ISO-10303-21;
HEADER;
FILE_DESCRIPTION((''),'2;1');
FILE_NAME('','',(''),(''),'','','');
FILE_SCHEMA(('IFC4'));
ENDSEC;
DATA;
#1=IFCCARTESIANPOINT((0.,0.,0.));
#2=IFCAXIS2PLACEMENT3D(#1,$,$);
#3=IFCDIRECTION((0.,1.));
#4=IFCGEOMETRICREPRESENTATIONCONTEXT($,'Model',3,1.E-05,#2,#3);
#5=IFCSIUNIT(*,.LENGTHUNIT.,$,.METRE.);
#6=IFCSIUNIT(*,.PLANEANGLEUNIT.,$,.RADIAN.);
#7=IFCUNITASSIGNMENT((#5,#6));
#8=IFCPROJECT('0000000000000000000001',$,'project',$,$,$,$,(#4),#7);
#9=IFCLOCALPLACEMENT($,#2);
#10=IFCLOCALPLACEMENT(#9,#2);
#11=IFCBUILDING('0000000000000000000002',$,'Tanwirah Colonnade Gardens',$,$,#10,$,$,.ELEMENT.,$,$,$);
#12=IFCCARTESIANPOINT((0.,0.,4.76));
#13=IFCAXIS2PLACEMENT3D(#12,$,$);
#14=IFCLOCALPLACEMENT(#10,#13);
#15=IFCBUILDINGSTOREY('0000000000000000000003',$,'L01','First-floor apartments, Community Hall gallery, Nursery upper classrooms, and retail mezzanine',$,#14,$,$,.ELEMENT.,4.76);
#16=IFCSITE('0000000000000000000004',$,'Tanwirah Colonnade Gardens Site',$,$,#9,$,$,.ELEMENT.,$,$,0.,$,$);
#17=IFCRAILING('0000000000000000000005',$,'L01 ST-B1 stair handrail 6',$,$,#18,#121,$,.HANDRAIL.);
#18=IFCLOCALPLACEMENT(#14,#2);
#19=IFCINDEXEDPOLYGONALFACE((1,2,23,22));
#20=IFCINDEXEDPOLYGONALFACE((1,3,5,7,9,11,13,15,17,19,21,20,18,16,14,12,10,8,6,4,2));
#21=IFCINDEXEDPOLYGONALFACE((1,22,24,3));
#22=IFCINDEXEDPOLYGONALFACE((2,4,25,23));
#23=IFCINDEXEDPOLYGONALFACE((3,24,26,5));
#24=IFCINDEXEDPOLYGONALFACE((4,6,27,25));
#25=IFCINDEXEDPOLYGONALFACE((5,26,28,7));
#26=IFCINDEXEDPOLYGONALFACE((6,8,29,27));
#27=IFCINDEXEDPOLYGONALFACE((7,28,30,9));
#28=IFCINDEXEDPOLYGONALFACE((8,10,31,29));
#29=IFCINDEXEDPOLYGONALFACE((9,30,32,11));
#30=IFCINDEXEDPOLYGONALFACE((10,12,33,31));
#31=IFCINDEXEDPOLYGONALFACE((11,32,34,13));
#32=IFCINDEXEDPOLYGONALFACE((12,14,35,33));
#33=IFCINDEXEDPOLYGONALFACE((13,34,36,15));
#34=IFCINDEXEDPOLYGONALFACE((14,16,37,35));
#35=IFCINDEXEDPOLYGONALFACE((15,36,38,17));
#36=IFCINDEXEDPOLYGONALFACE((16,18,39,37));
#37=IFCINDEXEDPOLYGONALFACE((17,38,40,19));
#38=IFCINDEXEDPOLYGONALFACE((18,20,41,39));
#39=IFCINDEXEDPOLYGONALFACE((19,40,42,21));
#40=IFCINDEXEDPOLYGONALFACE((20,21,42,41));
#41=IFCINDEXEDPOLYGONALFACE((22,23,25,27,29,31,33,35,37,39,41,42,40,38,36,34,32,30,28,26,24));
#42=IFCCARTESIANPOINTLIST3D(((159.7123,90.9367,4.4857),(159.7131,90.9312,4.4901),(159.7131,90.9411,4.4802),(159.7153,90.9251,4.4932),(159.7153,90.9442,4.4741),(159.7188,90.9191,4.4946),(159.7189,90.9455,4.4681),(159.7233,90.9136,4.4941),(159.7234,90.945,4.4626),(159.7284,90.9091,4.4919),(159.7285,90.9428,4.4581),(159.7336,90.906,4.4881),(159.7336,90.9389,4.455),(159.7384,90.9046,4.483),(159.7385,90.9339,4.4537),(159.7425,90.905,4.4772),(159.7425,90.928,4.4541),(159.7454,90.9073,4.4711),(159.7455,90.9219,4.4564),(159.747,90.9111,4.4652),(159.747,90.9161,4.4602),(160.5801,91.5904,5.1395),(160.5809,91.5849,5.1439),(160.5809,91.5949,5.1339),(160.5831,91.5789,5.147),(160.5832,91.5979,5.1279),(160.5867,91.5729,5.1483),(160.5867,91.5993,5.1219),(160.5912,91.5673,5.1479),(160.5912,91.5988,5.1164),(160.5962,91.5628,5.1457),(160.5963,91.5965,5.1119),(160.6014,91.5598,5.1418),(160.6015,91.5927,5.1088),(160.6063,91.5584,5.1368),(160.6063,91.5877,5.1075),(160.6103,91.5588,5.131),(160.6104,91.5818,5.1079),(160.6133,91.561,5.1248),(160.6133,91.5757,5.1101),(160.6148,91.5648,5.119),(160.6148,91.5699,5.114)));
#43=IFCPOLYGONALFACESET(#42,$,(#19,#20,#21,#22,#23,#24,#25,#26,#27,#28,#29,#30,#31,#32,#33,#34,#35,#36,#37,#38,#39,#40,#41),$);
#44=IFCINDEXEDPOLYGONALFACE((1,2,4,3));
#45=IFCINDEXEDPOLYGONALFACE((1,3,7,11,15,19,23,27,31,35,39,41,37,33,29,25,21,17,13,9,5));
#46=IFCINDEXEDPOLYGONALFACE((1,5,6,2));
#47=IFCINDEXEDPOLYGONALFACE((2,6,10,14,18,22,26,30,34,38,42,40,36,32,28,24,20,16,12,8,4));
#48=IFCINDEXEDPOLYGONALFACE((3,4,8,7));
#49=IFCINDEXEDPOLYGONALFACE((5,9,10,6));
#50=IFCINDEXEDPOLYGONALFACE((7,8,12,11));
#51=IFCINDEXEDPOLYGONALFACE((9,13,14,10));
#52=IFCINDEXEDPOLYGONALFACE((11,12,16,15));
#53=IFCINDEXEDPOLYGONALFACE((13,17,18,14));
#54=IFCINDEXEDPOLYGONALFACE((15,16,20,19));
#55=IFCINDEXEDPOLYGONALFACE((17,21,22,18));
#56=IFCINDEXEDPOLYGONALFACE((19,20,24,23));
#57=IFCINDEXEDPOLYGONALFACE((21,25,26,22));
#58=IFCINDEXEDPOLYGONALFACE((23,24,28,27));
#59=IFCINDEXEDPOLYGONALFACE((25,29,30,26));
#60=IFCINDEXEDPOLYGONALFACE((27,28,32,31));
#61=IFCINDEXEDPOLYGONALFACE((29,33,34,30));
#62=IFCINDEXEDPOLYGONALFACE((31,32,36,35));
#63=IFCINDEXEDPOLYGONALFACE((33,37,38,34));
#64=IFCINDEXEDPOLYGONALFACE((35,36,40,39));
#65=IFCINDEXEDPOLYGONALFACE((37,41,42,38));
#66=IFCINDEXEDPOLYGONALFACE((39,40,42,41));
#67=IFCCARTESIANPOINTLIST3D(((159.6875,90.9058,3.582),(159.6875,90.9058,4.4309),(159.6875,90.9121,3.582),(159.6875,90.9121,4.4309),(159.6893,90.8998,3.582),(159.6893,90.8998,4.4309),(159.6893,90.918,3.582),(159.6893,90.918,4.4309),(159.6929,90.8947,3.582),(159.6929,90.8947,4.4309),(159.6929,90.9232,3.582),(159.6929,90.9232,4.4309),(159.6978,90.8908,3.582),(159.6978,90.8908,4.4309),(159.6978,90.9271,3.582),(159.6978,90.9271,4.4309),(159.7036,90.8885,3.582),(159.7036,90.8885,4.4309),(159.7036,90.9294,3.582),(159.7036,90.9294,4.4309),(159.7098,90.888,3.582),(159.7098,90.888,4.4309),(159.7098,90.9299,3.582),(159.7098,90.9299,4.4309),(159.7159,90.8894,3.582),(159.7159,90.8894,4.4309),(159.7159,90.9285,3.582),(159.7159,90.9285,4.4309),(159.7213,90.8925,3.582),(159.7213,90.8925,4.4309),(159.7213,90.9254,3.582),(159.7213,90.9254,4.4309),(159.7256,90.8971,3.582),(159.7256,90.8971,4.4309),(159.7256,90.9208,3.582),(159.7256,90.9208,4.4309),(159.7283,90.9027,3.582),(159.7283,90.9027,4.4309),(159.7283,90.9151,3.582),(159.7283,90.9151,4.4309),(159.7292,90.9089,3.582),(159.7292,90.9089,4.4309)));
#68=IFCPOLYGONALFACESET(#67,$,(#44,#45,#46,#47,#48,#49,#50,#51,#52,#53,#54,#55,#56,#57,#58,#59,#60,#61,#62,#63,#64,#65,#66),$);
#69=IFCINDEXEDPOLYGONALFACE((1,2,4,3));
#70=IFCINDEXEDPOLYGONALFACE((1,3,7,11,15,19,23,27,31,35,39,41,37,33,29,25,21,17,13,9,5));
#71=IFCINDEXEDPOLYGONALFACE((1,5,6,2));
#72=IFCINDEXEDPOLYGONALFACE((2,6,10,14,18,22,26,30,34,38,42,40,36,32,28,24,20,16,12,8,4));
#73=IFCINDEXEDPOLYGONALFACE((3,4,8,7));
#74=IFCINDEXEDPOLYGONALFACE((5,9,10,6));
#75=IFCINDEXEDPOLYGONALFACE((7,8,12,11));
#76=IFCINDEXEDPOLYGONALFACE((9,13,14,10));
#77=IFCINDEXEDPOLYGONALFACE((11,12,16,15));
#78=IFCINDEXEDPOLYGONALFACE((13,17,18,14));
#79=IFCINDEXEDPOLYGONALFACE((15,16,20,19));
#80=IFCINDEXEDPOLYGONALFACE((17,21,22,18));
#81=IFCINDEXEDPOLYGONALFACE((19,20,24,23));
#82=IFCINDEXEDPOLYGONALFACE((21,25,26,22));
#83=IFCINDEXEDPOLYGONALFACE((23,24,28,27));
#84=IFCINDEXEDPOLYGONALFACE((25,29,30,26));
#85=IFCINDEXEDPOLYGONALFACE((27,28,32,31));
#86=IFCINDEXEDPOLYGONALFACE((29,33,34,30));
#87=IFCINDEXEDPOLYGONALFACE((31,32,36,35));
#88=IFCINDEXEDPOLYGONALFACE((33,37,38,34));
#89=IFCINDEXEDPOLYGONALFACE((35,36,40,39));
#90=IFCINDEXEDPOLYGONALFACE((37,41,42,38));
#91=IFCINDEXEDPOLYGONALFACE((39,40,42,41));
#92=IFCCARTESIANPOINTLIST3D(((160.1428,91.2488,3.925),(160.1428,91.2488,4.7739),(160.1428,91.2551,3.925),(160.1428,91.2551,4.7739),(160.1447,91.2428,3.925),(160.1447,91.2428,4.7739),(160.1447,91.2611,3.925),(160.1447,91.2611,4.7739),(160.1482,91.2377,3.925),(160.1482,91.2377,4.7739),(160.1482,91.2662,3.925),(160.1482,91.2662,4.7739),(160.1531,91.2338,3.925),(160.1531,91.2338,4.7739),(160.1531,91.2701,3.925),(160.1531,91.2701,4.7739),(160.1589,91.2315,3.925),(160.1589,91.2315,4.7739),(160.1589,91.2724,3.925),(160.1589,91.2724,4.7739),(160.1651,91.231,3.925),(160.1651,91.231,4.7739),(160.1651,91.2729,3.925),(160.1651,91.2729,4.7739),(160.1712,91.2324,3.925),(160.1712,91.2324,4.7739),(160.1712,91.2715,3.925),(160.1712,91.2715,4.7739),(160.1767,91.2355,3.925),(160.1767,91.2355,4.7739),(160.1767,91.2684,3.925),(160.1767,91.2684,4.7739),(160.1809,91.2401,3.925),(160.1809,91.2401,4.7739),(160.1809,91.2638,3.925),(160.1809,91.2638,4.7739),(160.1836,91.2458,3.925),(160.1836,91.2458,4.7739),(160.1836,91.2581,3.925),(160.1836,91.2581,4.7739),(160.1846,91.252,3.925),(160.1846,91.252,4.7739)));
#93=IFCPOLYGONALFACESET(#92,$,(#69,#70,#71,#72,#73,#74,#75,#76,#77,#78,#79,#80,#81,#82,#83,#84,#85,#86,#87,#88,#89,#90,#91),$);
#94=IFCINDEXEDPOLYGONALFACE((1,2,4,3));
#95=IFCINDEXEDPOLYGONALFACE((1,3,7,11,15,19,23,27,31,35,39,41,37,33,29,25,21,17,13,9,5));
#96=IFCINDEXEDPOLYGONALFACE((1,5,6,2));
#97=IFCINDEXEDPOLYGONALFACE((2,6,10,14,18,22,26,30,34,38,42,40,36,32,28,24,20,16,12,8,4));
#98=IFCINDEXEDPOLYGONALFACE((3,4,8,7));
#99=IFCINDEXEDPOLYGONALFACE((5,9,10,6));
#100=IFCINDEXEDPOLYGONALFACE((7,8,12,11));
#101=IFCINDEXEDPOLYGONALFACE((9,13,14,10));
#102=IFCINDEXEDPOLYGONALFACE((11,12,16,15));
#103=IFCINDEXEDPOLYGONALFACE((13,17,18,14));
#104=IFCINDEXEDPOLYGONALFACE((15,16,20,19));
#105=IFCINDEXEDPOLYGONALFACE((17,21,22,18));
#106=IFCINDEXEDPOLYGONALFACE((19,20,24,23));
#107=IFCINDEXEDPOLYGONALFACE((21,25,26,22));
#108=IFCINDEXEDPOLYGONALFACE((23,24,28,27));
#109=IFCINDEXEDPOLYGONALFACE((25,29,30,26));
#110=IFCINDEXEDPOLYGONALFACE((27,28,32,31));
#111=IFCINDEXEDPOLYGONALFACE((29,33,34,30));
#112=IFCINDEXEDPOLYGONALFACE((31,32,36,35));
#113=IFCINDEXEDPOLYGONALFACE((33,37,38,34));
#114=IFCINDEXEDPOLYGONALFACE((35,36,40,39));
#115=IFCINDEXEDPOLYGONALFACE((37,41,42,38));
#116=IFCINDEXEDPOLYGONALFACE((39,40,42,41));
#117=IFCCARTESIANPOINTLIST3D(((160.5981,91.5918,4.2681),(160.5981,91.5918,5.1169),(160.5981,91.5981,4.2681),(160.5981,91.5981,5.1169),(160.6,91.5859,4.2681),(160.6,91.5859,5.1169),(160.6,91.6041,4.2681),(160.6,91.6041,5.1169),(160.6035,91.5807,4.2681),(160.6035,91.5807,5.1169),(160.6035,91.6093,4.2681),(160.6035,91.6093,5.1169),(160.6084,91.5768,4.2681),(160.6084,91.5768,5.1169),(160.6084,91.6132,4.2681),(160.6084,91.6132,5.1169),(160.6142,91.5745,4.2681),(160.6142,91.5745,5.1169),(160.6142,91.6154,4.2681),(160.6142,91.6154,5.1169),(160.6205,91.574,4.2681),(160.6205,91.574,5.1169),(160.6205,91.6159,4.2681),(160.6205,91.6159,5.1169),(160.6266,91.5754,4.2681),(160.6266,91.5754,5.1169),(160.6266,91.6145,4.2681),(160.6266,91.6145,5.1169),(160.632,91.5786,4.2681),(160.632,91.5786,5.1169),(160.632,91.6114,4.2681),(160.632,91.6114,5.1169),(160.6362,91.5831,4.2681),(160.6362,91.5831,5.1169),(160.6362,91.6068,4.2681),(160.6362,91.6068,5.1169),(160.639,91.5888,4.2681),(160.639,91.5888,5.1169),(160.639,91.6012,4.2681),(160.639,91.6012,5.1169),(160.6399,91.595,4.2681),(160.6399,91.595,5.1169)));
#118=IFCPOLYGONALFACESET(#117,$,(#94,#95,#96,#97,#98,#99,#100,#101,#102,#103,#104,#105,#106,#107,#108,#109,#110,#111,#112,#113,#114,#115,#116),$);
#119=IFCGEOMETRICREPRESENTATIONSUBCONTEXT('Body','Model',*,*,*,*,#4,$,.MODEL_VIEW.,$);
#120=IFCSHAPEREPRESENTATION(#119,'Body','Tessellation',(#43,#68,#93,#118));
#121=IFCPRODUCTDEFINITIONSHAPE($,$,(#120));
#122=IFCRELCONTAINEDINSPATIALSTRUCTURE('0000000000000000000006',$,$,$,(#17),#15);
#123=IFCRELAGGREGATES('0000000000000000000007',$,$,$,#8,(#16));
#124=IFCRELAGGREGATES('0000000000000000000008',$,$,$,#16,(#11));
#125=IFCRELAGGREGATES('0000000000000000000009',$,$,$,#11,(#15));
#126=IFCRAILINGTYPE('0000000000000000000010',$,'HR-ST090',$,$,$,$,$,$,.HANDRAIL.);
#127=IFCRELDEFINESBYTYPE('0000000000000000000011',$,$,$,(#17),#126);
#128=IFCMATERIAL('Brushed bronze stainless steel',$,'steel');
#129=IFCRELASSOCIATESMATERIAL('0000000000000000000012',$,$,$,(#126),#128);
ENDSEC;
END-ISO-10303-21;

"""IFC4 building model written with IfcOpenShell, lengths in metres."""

from ifc_helpers import new_model, si_unit, direction, frame, origin, origin_2d, place, context, subcontext, project, spatial, circle, extrude, material, type_object, element, save


model = new_model("IFC4")

# Units and contexts
model_context = context("Model", 3, precision=1e-05, world=origin(), true_north=direction((0.0, 1.0)))
body_context = subcontext(model_context, "Body", "Model", "MODEL_VIEW")
ifc_project = project(units=[si_unit("LENGTHUNIT", "METRE"), si_unit("PLANEANGLEUNIT", "RADIAN")], contexts=[model_context])

# Site, building, storey
site_placement = place(None, origin())
site = spatial("IfcSite", under=ifc_project, at=site_placement, Name="Tanwirah Colonnade Gardens Site", CompositionType="ELEMENT", RefElevation=0.0)
building_placement = place(site_placement, origin())
building = spatial("IfcBuilding", under=site, at=building_placement, Name="Tanwirah Colonnade Gardens", CompositionType="ELEMENT")
storey_placement = place(building_placement, frame((0.0, 0.0, 4.76)))
storey = spatial("IfcBuildingStorey", under=building, at=storey_placement, Name="L01", Description="First-floor apartments, Community Hall gallery, Nursery upper classrooms, and retail mezzanine", CompositionType="ELEMENT", Elevation=4.76)

# Railing
ifc_material_1 = material(Name="Brushed bronze stainless steel", Category="steel")
railing_type_1 = type_object("IfcRailingType", Name="HR-ST090", PredefinedType="HANDRAIL", material=ifc_material_1)
railing_1_placement = place(storey_placement, frame((159.7083, 90.9089, 3.582)))
element("IfcRailing", 1, at=railing_1_placement, inside=storey, type_object=railing_type_1, Name="L01 ST-B1 stair handrail 6", PredefinedType="HANDRAIL", context=body_context, shape_type="SweptSolid", body=[
    extrude(circle(Radius=0.0239, at=origin_2d()), frame((0.0215, 0.0161, 0.8921), z_axis=(0.684374, 0.515574, 0.515574), x_axis=(-0.601712, 0.798713, 0.0)), (0.0, 0.0, 1.0), 1.2681),
    extrude(circle(Radius=0.021, at=origin_2d()), origin(), (0.0, 0.0, 1.0), 0.8489),
    extrude(circle(Radius=0.021, at=origin_2d()), frame((0.4553, 0.343, 0.343)), (0.0, 0.0, 1.0), 0.8489),
    extrude(circle(Radius=0.021, at=origin_2d()), frame((0.9106, 0.686, 0.686)), (0.0, 0.0, 1.0), 0.8489),
])

save(model, "model.ifc")
